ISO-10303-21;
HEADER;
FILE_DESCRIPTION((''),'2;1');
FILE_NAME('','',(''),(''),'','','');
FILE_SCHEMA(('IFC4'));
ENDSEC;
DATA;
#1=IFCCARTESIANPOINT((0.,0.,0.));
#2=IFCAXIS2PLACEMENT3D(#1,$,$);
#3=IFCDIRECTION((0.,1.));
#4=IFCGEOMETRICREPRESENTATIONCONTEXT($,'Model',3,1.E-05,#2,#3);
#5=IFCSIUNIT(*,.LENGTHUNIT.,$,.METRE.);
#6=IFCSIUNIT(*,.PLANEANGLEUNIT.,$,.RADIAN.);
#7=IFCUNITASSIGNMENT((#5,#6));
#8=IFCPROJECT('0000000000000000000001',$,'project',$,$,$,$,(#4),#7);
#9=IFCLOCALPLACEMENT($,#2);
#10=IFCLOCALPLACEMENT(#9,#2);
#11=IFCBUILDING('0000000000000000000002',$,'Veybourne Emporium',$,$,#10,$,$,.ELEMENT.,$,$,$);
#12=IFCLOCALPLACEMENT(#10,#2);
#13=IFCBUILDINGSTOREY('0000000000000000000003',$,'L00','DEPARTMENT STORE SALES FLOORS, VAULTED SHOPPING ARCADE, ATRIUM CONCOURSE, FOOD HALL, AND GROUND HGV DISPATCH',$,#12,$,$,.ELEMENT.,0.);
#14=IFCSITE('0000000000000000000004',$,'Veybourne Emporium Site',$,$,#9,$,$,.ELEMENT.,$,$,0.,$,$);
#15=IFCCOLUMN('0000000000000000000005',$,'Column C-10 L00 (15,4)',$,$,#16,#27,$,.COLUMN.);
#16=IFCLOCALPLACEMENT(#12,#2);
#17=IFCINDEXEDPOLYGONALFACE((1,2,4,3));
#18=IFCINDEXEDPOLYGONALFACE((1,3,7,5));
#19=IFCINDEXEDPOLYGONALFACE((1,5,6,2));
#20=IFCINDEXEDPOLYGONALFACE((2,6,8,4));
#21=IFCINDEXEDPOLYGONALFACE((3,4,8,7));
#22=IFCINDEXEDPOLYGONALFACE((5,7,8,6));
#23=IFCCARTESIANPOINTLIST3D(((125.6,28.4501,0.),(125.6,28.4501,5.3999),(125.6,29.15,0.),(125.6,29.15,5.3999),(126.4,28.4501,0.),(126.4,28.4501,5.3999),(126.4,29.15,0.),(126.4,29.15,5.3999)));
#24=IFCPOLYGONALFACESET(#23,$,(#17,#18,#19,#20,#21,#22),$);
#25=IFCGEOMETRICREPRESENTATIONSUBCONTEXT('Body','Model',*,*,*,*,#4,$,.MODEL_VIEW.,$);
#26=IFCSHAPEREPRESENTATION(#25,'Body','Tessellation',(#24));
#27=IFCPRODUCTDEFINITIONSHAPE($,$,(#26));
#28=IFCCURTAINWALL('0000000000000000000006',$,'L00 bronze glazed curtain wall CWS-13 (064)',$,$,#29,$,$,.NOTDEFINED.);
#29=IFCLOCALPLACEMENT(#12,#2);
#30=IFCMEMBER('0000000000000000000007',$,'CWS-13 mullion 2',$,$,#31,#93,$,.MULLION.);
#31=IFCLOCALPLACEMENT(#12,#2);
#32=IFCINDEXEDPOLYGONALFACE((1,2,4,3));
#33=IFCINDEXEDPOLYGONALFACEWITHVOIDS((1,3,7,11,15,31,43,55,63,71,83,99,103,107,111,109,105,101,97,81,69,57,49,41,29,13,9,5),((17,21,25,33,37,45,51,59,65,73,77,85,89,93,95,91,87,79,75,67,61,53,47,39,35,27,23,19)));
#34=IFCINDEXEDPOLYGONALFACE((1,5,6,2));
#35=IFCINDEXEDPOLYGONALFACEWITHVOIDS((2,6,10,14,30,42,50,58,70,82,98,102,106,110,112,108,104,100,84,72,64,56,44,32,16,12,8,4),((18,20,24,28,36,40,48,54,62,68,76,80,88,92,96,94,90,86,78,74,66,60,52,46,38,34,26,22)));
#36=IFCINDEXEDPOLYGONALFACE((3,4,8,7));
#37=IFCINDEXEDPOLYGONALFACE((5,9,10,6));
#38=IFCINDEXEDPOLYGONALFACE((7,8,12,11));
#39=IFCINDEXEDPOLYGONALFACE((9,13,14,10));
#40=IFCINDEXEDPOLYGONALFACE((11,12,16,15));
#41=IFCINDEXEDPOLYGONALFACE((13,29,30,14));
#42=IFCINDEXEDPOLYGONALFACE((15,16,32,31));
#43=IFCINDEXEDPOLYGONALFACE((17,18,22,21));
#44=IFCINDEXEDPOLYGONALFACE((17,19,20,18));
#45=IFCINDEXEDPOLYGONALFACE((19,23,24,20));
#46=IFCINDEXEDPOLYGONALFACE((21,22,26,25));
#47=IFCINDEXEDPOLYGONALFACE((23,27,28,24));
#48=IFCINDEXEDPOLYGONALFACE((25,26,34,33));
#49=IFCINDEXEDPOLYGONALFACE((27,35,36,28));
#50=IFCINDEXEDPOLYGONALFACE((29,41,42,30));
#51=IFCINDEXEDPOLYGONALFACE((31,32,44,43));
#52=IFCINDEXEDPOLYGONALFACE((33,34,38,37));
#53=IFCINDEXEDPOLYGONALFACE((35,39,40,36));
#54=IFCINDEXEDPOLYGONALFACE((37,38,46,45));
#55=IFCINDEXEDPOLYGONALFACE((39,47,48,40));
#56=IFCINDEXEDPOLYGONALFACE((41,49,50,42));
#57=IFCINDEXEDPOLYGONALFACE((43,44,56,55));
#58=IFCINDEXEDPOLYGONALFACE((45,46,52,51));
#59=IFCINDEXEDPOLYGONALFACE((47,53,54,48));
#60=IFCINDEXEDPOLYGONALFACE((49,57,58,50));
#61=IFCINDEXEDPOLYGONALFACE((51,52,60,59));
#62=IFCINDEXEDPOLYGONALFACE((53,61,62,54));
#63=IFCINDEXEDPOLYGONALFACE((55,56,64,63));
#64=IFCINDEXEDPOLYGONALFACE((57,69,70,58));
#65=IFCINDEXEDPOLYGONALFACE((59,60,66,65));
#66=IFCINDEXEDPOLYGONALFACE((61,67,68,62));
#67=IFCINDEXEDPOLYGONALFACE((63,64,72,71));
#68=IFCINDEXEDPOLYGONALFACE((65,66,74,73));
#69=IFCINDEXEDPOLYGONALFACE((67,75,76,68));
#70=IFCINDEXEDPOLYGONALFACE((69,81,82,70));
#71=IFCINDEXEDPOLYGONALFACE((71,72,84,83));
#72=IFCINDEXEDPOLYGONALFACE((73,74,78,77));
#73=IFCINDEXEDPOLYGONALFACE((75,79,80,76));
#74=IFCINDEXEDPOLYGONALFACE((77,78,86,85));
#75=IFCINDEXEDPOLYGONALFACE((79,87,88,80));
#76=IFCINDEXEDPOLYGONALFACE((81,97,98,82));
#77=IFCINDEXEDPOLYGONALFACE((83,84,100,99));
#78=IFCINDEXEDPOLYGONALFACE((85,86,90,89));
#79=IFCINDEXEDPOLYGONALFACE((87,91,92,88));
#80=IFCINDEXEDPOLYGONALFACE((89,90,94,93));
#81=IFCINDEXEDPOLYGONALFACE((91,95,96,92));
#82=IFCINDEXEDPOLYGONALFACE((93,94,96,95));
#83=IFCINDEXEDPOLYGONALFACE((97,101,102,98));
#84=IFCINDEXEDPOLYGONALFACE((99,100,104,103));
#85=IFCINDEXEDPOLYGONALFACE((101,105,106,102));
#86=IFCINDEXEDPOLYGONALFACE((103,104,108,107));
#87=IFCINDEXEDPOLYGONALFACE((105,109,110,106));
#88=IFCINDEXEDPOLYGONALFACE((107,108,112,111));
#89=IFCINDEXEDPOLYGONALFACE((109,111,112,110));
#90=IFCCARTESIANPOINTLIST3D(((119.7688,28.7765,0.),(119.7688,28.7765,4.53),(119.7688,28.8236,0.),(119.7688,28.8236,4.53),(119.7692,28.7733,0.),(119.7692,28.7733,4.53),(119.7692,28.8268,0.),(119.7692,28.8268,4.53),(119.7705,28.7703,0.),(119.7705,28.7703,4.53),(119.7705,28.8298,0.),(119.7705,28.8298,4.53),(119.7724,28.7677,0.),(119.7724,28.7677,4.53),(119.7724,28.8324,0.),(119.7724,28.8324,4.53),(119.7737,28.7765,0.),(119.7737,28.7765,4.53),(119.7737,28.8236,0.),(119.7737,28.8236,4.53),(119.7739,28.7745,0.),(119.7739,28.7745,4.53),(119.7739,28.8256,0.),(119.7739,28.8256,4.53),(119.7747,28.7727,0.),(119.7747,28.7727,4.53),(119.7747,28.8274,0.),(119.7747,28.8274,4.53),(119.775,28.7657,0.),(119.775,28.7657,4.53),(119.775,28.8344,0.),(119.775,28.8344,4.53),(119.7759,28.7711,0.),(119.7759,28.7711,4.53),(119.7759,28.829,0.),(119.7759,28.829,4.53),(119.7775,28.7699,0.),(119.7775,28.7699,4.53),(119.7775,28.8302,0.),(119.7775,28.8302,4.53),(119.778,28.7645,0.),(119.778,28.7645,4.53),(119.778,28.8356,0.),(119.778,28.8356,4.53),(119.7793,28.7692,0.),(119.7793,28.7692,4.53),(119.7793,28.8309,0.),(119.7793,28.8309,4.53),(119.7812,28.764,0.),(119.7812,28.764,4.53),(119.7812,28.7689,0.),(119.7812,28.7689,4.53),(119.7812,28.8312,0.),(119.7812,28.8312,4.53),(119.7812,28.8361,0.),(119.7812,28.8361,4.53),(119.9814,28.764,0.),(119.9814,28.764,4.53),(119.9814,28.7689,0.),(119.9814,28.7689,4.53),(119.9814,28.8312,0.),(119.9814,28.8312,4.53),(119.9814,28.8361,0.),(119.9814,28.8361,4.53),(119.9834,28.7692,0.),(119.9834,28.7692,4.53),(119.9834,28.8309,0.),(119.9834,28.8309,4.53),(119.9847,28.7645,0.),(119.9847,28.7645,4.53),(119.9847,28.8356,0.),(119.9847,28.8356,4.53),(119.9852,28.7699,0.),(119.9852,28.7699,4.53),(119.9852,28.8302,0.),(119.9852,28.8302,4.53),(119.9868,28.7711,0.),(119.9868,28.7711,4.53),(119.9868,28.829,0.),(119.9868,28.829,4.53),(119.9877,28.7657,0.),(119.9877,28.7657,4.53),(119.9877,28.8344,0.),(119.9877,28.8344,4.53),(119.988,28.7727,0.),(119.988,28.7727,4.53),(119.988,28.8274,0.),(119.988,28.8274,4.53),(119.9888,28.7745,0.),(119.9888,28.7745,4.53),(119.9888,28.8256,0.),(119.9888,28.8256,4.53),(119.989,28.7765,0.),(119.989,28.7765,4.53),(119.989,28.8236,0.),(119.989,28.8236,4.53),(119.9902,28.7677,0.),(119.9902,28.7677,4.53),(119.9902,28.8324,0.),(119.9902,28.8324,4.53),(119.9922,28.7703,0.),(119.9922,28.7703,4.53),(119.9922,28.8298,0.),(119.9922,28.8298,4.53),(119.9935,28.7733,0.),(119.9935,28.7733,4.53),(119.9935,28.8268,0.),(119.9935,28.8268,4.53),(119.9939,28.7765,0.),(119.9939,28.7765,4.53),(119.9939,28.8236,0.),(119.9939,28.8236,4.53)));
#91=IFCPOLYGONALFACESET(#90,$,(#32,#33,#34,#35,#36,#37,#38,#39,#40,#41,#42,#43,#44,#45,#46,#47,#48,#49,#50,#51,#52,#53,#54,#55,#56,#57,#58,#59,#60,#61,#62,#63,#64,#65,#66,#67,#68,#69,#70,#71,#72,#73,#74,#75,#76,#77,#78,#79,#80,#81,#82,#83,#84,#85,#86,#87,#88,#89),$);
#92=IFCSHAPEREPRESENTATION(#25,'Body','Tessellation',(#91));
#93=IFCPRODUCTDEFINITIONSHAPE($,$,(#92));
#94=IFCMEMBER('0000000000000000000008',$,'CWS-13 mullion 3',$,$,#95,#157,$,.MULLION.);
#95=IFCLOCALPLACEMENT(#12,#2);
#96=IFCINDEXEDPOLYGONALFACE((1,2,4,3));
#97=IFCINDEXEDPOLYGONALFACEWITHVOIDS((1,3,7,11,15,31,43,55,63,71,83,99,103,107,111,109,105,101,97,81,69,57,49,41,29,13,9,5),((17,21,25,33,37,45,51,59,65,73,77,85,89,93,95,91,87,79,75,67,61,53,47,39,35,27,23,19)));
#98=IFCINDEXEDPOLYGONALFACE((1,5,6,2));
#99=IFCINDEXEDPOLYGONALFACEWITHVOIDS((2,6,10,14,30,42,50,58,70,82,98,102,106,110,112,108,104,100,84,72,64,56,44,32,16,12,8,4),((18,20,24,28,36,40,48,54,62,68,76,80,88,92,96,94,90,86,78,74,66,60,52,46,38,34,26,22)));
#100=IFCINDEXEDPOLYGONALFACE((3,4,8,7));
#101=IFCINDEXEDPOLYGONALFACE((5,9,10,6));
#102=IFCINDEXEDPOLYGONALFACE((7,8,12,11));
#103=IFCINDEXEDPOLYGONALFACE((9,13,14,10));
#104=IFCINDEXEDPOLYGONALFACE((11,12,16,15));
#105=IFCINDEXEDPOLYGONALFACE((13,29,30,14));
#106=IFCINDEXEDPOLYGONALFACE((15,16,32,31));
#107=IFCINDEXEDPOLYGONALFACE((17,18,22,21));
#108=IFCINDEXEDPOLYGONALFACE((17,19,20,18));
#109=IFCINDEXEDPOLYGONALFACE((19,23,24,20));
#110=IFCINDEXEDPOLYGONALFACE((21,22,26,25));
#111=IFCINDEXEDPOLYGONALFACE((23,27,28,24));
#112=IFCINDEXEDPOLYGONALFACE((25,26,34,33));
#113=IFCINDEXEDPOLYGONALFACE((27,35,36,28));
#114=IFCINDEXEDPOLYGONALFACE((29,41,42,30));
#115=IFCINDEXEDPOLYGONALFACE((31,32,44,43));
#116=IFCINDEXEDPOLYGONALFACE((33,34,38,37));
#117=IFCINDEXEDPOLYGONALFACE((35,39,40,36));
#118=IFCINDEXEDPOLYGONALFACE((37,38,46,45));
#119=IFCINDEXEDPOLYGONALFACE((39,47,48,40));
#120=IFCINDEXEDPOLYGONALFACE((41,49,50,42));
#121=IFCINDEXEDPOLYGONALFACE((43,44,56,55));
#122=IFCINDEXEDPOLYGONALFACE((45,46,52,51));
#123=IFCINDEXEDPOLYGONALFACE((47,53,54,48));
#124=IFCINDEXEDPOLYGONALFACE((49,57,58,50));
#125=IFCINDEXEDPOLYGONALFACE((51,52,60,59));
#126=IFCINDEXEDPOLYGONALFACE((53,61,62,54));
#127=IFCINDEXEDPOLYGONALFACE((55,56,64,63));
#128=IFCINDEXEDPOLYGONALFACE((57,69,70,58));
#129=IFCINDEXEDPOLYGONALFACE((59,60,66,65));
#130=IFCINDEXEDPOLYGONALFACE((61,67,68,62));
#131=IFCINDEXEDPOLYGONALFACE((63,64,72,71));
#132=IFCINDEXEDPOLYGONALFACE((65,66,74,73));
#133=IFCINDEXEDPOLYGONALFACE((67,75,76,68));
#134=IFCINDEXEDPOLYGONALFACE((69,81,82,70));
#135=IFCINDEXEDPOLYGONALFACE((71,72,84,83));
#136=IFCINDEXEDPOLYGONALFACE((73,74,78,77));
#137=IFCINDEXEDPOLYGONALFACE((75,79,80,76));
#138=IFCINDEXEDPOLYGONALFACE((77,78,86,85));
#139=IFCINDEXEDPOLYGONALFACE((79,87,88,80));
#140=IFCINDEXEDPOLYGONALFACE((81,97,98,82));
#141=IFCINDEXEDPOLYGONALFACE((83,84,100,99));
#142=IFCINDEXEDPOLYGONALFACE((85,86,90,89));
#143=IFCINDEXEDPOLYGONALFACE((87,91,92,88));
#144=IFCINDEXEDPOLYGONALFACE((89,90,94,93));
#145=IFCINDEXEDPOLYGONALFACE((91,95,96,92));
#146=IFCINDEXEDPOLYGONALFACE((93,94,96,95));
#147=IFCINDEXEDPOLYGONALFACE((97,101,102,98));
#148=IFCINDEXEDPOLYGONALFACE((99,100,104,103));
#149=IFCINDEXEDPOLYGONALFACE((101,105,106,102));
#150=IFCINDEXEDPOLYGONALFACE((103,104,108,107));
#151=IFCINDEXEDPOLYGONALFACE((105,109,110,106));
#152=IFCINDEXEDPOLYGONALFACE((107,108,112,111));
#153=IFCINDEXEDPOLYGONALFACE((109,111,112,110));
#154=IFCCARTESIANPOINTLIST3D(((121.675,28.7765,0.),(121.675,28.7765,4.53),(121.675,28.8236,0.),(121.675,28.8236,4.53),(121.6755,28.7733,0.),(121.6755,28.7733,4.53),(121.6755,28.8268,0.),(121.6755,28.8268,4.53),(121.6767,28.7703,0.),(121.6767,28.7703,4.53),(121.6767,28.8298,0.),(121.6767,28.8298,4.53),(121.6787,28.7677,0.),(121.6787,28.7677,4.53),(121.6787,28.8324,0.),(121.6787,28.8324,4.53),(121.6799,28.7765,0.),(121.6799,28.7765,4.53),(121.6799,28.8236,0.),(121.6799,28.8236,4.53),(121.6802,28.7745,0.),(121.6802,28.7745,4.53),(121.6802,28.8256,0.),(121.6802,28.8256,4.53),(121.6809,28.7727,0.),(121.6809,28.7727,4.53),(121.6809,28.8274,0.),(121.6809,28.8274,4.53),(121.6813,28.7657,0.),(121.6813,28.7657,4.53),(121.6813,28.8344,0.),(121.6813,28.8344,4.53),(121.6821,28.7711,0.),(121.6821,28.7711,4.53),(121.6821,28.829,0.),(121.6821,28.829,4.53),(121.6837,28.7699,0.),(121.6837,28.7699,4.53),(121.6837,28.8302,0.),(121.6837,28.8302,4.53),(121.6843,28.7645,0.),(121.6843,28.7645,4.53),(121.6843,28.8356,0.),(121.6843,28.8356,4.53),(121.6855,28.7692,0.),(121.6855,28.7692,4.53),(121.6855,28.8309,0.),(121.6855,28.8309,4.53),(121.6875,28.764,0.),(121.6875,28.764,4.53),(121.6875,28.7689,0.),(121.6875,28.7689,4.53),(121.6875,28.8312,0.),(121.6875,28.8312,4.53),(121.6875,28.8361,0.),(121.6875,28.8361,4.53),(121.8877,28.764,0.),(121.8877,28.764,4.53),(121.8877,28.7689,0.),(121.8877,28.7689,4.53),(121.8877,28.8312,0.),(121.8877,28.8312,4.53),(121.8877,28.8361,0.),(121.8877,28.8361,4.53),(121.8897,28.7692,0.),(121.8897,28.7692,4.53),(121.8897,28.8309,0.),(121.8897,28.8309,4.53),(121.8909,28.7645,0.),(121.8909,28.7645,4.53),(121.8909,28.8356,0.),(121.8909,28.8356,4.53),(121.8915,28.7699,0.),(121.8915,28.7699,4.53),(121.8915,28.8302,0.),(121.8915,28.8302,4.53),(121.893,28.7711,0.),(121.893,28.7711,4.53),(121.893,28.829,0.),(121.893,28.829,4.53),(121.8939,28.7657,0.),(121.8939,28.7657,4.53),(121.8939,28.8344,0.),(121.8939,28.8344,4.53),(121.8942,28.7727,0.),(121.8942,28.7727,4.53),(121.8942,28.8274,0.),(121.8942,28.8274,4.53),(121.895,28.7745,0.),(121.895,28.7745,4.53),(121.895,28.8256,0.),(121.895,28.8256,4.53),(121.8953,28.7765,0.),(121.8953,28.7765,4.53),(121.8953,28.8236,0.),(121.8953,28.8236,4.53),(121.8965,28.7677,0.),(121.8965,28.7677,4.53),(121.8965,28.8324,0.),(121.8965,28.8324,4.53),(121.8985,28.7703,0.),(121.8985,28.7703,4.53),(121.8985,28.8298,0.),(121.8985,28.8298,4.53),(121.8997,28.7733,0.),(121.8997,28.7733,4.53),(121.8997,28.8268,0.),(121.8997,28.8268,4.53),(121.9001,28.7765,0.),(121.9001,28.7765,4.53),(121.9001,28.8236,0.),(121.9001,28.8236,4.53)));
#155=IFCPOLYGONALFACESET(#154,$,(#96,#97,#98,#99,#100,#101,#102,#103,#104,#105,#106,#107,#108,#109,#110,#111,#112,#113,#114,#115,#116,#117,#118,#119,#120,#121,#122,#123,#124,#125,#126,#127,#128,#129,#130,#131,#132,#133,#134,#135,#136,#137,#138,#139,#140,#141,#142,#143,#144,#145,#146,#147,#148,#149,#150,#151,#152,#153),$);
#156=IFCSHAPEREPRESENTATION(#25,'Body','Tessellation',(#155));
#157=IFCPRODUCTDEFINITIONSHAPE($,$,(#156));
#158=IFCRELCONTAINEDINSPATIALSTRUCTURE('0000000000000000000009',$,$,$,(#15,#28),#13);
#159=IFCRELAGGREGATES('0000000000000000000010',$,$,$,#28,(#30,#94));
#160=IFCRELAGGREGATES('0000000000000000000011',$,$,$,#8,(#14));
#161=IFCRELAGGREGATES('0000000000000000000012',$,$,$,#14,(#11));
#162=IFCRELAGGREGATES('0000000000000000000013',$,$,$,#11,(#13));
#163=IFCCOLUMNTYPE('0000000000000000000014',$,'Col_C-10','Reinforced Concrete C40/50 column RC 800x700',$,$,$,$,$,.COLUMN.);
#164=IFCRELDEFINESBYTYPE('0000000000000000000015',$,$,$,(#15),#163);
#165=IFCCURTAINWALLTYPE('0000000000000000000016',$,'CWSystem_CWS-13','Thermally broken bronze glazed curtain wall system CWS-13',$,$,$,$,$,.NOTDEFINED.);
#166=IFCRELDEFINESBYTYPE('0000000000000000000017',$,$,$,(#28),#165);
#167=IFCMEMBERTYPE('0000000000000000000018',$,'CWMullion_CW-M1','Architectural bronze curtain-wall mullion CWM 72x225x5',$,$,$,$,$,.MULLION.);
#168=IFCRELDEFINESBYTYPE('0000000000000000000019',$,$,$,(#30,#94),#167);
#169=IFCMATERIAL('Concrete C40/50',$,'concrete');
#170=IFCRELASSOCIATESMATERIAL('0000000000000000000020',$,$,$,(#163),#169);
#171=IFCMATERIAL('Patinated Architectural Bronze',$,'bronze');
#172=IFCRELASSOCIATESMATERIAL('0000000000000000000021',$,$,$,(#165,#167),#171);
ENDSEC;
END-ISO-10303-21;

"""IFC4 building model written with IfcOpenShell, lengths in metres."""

from ifc_helpers import new_model, si_unit, direction, frame, origin, origin_2d, place, context, subcontext, project, spatial, rectangle, hollow_rectangle, extrude, material, material_profile, profile_set, type_object, element, aggregate, save


model = new_model("IFC4")

# Units and contexts
model_context = context("Model", 3, precision=1e-05, world=origin(), true_north=direction((0.0, 1.0)))
body_context = subcontext(model_context, "Body", "Model", "MODEL_VIEW")
ifc_project = project(units=[si_unit("LENGTHUNIT", "METRE"), si_unit("PLANEANGLEUNIT", "RADIAN")], contexts=[model_context])

# Site, building, storey
site_placement = place(None, origin())
site = spatial("IfcSite", under=ifc_project, at=site_placement, Name="Veybourne Emporium Site", CompositionType="ELEMENT", RefElevation=0.0)
building_placement = place(site_placement, origin())
building = spatial("IfcBuilding", under=site, at=building_placement, Name="Veybourne Emporium", CompositionType="ELEMENT")
storey_placement = place(building_placement, origin())
storey = spatial("IfcBuildingStorey", under=building, at=storey_placement, Name="L00", Description="DEPARTMENT STORE SALES FLOORS, VAULTED SHOPPING ARCADE, ATRIUM CONCOURSE, FOOD HALL, AND GROUND HGV DISPATCH", CompositionType="ELEMENT", Elevation=0.0)

# Column
ifc_material_1 = material(Name="Concrete C40/50", Category="concrete")
ifc_material_profile_1 = material_profile(ifc_material_1, rectangle(XDim=0.8, YDim=0.7, at=origin_2d()), Name="RC 800x700")
ifc_profile_set_1 = profile_set([ifc_material_profile_1], Name="Concrete C40/50")
column_type = type_object("IfcColumnType", Name="Col_C-10", Description="Reinforced Concrete C40/50 column RC 800x700", PredefinedType="COLUMN", material=ifc_profile_set_1)
column_placement = place(storey_placement, frame((126.0, 28.8, 0.0), z_axis=(0.0, 0.0, 1.0), x_axis=(1.0, 0.0, 0.0)))
element("IfcColumn", 1, at=column_placement, inside=storey, type_object=column_type, Name="Column C-10 L00 (15,4)", PredefinedType="COLUMN", context=body_context, shape_type="SweptSolid", body=[
    extrude(rectangle(XDim=0.8, YDim=0.7, at=origin_2d()), origin(), (0.0, 0.0, 1.0), 5.3999),
])

# Curtain wall, members
ifc_material_2 = material(Name="Patinated Architectural Bronze", Category="bronze")
curtain_wall_type_1 = type_object("IfcCurtainWallType", Name="CWSystem_CWS-13", Description="Thermally broken bronze glazed curtain wall system CWS-13", PredefinedType="NOTDEFINED", material=ifc_material_2)
curtain_wall_1_placement = place(storey_placement, origin())
curtain_wall_1 = element("IfcCurtainWall", 2, at=curtain_wall_1_placement, inside=storey, type_object=curtain_wall_type_1, Name="L00 bronze glazed curtain wall CWS-13 (064)", PredefinedType="NOTDEFINED")
ifc_material_profile_2 = material_profile(ifc_material_2, hollow_rectangle(XDim=0.072, YDim=0.2251, WallThickness=0.0049, InnerFilletRadius=0.0076, OuterFilletRadius=0.0125, at=origin_2d()), Name="CWM 72x225x5")
ifc_profile_set_2 = profile_set([ifc_material_profile_2], Name="Patinated Architectural Bronze")
member_type_1 = type_object("IfcMemberType", Name="CWMullion_CW-M1", Description="Architectural bronze curtain-wall mullion CWM 72x225x5", PredefinedType="MULLION", material=ifc_profile_set_2)
member_1_placement = place(storey_placement, frame((119.8813, 28.8, 0.0), z_axis=(0.0, 0.0, 1.0), x_axis=(0.0, 1.0, 0.0)))
member_1 = element("IfcMember", 3, at=member_1_placement, type_object=member_type_1, Name="CWS-13 mullion 2", PredefinedType="MULLION", context=body_context, shape_type="SweptSolid", body=[
    extrude(hollow_rectangle(XDim=0.072, YDim=0.2251, WallThickness=0.0049, InnerFilletRadius=0.0076, OuterFilletRadius=0.0125, at=origin_2d()), origin(), (0.0, 0.0, 1.0), 4.53),
])
member_2_placement = place(storey_placement, frame((121.7876, 28.8, 0.0), z_axis=(0.0, 0.0, 1.0), x_axis=(0.0, 1.0, 0.0)))
member_2 = element("IfcMember", 4, at=member_2_placement, type_object=member_type_1, Name="CWS-13 mullion 3", PredefinedType="MULLION", context=body_context, shape_type="SweptSolid", body=[
    extrude(hollow_rectangle(XDim=0.072, YDim=0.2251, WallThickness=0.0049, InnerFilletRadius=0.0076, OuterFilletRadius=0.0125, at=origin_2d()), origin(), (0.0, 0.0, 1.0), 4.53),
])

aggregate(curtain_wall_1, [member_1, member_2])

save(model, "model.ifc")
